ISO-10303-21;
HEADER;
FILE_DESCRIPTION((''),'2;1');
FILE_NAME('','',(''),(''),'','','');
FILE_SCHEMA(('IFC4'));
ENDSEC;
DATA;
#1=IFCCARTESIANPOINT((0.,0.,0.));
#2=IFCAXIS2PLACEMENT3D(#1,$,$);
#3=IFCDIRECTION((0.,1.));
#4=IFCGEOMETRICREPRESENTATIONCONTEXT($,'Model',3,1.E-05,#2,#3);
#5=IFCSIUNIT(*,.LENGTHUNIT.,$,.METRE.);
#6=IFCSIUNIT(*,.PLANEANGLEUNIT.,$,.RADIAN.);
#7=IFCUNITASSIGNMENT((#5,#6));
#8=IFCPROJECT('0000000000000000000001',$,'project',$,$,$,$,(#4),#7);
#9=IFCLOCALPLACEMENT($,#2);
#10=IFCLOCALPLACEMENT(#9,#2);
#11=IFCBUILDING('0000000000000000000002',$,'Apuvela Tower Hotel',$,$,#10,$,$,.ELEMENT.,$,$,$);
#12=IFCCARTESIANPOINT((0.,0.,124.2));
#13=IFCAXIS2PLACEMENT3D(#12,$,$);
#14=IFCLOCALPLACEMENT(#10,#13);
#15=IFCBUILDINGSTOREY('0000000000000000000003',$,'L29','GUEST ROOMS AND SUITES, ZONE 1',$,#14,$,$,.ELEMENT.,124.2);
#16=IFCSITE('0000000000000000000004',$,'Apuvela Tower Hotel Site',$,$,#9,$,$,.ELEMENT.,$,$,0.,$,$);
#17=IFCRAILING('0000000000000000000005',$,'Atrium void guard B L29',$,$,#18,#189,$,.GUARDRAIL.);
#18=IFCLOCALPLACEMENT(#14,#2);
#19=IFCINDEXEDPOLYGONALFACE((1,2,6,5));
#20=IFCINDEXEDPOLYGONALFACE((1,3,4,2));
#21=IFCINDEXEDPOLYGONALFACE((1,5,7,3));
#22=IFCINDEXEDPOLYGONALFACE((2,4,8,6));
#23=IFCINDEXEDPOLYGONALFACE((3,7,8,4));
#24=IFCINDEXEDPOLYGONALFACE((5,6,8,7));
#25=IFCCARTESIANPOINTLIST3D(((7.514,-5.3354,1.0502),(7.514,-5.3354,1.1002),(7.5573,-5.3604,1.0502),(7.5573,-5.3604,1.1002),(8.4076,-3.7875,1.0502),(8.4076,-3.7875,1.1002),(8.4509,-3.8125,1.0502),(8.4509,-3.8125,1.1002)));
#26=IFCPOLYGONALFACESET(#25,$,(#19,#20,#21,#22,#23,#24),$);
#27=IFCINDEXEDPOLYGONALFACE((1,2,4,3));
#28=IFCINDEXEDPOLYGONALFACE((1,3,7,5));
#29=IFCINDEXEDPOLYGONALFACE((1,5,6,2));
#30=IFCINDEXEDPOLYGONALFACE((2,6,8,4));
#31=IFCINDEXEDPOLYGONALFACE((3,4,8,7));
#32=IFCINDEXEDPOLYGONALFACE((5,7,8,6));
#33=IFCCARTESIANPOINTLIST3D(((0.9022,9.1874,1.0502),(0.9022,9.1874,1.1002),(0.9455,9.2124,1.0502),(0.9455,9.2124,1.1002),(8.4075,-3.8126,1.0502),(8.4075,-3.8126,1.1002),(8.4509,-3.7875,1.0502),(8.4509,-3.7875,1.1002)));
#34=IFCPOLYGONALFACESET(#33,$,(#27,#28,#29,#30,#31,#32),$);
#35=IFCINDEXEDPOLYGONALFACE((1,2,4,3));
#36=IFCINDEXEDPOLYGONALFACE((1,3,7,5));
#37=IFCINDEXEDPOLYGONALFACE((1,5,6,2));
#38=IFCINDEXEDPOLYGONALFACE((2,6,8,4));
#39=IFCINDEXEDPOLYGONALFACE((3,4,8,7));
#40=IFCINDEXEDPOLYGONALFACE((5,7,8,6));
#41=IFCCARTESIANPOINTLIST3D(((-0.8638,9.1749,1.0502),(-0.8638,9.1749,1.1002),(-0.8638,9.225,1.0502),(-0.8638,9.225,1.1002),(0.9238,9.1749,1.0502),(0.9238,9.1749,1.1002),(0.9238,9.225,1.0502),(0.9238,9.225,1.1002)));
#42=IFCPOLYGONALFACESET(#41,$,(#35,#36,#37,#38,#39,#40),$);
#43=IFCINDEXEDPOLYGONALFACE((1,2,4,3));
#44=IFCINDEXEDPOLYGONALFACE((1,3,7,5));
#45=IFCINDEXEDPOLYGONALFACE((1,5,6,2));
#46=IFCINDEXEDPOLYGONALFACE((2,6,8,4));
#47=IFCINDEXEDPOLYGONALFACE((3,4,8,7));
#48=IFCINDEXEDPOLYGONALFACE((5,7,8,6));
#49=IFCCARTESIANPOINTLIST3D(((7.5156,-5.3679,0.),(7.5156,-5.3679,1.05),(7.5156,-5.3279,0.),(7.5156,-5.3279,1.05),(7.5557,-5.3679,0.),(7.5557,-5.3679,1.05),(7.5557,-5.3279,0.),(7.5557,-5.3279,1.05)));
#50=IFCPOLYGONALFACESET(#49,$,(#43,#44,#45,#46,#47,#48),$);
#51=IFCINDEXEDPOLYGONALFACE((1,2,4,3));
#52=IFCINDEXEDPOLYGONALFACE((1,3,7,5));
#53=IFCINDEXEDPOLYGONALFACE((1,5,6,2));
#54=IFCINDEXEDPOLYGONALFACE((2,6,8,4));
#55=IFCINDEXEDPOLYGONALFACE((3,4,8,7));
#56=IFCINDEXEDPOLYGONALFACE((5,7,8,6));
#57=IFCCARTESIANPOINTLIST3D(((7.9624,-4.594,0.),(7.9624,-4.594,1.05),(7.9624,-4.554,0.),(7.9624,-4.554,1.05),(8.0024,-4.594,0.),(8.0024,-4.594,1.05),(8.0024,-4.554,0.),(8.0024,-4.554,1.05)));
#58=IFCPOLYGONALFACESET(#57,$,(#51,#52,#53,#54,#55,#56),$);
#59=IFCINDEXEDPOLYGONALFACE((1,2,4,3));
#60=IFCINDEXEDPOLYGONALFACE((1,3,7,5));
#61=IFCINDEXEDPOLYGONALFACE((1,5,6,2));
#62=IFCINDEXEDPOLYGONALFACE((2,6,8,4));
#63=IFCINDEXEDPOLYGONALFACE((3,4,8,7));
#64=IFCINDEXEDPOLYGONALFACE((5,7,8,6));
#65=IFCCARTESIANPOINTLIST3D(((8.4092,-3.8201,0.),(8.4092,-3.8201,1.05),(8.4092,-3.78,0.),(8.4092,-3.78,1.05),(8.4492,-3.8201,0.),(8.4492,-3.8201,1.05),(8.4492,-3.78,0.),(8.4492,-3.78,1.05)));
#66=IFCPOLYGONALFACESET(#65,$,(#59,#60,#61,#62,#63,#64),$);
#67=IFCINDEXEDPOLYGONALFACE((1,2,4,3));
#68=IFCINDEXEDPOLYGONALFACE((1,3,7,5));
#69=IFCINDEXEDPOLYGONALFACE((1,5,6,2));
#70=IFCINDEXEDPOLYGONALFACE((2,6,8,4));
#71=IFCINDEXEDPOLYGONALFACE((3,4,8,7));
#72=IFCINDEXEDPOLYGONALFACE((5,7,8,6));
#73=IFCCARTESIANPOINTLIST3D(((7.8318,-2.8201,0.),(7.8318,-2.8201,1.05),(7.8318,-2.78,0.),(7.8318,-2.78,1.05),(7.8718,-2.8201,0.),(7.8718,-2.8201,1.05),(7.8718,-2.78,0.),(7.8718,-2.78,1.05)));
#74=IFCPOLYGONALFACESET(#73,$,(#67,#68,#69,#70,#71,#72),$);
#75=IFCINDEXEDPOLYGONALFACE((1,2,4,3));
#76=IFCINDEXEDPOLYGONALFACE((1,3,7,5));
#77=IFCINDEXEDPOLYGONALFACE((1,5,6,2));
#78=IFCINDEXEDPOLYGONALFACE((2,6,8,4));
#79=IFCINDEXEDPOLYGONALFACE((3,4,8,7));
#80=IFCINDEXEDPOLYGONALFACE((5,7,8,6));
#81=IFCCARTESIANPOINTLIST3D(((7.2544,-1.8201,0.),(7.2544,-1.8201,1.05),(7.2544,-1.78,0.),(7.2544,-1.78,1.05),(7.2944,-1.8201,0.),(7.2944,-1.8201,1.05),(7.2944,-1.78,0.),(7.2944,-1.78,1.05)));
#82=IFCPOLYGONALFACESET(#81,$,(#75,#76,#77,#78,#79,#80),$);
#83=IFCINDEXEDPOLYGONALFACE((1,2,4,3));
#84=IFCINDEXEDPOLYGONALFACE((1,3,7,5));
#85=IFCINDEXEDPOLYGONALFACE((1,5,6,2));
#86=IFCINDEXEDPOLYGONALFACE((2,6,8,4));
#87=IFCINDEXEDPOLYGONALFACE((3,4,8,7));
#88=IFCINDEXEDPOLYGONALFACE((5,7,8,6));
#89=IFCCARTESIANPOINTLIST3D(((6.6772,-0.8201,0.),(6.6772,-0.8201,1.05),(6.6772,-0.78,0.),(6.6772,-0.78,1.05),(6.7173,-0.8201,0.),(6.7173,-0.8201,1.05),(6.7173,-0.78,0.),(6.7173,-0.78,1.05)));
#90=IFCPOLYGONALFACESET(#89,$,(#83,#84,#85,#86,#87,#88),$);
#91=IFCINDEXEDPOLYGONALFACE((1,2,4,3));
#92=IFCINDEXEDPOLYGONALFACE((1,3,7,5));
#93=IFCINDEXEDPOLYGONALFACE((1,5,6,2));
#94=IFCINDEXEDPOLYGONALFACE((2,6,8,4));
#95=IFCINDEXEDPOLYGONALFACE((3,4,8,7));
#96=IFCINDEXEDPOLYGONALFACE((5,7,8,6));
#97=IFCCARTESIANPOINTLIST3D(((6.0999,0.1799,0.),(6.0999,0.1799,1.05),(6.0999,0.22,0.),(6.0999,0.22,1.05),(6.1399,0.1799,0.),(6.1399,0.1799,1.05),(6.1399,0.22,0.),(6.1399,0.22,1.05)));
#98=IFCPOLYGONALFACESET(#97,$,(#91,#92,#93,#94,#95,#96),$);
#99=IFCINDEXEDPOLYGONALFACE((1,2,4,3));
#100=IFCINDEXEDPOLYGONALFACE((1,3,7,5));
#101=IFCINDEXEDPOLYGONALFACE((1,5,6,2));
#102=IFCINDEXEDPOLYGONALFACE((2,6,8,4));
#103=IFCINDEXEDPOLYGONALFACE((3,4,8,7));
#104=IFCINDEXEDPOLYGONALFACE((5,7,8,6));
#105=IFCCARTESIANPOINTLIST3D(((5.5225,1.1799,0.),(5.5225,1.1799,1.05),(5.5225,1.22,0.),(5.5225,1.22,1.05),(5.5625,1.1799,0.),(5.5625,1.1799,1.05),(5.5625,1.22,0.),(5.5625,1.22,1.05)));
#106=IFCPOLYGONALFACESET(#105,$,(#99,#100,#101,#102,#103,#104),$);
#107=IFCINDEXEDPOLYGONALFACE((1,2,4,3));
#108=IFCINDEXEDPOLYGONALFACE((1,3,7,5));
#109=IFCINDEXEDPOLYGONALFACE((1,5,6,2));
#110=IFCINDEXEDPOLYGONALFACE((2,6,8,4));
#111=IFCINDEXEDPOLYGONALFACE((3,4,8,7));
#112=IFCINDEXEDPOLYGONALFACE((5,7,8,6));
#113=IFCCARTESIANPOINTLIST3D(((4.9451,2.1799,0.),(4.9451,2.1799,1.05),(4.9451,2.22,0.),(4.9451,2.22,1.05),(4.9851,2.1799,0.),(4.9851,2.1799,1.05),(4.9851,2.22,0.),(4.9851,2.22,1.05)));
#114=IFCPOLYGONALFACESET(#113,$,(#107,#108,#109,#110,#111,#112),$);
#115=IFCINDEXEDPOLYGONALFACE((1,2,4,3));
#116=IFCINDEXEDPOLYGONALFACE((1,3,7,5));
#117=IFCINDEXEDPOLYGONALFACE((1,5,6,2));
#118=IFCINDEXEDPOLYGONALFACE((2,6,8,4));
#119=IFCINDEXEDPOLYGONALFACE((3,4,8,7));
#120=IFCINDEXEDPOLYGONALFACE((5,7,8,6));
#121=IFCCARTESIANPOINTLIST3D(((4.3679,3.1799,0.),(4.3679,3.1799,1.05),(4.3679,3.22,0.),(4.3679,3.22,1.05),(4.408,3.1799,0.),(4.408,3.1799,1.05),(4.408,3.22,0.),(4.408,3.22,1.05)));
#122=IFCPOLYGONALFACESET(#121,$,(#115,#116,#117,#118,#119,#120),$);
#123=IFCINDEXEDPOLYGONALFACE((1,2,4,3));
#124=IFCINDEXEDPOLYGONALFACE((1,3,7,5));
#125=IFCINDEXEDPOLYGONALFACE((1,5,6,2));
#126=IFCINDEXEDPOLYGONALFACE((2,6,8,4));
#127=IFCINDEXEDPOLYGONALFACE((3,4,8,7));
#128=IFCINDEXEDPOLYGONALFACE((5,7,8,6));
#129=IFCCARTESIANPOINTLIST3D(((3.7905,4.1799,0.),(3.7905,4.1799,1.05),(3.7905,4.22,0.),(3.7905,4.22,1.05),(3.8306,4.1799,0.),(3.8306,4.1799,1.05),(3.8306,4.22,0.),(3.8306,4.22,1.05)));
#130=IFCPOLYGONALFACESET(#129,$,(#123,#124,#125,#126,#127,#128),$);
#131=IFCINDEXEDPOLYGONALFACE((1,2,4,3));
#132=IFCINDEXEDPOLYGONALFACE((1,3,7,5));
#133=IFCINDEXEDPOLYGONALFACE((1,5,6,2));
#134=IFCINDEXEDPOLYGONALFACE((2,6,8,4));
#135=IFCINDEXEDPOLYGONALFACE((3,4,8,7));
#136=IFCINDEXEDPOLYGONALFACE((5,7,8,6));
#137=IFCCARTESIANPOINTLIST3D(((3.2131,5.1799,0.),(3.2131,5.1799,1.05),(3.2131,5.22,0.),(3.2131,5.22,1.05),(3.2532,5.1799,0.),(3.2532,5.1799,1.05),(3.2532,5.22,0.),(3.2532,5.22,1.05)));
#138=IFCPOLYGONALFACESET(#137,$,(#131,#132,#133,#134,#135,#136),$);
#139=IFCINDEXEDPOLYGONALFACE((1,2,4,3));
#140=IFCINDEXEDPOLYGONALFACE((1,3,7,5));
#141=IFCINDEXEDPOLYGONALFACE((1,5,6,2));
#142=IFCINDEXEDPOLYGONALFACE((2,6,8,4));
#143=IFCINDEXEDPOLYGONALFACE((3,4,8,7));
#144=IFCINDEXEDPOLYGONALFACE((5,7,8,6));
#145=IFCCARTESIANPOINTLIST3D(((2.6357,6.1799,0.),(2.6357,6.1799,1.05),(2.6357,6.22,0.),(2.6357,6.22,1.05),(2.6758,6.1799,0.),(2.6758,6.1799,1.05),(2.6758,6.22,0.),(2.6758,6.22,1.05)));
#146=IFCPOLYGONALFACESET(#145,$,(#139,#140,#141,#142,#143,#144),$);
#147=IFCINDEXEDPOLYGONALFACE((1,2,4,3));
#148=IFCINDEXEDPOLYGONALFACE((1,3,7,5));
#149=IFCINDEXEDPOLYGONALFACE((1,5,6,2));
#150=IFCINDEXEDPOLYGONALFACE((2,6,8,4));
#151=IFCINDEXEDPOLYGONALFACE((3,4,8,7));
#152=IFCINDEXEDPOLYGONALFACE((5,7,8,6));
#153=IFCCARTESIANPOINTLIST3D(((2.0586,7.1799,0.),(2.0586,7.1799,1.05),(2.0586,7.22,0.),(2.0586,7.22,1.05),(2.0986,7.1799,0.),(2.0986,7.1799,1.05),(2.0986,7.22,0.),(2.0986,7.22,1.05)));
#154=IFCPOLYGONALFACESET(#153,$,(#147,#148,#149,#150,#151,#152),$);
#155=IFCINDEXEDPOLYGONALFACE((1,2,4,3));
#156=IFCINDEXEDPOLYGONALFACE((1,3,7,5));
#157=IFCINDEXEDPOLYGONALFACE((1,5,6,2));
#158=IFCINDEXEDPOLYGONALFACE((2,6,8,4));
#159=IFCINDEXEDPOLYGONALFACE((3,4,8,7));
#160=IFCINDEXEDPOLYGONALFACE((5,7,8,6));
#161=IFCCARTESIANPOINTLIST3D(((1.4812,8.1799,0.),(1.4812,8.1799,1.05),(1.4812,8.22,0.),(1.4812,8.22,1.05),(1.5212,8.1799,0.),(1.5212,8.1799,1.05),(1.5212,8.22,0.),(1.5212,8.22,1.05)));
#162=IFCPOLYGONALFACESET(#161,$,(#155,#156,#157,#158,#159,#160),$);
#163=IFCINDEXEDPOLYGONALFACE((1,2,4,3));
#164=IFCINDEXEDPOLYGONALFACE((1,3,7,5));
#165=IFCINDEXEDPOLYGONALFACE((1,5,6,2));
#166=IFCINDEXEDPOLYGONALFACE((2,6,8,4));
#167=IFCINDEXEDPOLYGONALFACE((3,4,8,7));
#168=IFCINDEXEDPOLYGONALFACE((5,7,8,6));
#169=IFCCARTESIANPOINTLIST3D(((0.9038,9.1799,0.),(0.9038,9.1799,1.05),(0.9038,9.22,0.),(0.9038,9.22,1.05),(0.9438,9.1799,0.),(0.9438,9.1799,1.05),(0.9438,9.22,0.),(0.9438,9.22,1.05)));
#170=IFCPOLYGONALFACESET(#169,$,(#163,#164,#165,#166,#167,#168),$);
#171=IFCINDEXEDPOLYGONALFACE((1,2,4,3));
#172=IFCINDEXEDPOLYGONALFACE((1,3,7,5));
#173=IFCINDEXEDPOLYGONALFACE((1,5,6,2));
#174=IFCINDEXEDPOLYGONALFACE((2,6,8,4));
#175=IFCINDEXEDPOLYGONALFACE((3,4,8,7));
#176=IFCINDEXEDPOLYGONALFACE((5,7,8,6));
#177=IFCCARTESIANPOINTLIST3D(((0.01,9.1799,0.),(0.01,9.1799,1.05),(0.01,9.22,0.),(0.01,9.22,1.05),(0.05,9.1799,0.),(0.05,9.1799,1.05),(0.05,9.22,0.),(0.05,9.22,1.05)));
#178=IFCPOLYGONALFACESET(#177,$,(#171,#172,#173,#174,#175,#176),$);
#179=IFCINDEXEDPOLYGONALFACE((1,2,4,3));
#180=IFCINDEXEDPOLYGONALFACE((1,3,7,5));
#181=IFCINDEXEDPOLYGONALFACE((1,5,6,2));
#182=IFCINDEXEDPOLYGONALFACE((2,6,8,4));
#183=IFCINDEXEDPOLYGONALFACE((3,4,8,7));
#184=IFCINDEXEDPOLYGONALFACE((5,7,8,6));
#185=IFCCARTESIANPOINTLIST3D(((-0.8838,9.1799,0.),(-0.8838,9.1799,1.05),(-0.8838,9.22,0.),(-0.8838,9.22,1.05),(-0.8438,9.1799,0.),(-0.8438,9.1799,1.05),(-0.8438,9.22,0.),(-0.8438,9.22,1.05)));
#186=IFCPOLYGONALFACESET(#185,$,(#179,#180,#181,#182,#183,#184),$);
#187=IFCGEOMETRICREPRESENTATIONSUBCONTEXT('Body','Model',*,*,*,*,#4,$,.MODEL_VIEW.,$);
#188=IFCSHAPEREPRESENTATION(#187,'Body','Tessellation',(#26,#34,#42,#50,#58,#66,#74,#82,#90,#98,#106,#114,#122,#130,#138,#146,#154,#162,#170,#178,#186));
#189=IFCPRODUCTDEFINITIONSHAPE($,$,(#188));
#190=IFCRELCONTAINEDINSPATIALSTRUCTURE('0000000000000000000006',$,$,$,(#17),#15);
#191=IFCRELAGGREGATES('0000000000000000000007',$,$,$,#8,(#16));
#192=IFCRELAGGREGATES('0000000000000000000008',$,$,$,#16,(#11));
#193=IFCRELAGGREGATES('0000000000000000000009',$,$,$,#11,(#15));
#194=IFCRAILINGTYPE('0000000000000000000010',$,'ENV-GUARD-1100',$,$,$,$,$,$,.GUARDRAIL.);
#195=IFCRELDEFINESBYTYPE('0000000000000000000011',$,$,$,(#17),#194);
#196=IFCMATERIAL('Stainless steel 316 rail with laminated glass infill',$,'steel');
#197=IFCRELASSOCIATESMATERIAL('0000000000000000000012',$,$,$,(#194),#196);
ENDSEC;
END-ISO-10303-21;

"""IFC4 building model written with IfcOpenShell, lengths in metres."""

from ifc_helpers import new_model, si_unit, direction, frame, origin, origin_2d, place, context, subcontext, project, spatial, rectangle, extrude, material, type_object, element, save


model = new_model("IFC4")

# Units and contexts
model_context = context("Model", 3, precision=1e-05, world=origin(), true_north=direction((0.0, 1.0)))
body_context = subcontext(model_context, "Body", "Model", "MODEL_VIEW")
ifc_project = project(units=[si_unit("LENGTHUNIT", "METRE"), si_unit("PLANEANGLEUNIT", "RADIAN")], contexts=[model_context])

# Site, building, storey
site_placement = place(None, origin())
site = spatial("IfcSite", under=ifc_project, at=site_placement, Name="Apuvela Tower Hotel Site", CompositionType="ELEMENT", RefElevation=0.0)
building_placement = place(site_placement, origin())
building = spatial("IfcBuilding", under=site, at=building_placement, Name="Apuvela Tower Hotel", CompositionType="ELEMENT")
storey_placement = place(building_placement, frame((0.0, 0.0, 124.2)))
storey = spatial("IfcBuildingStorey", under=building, at=storey_placement, Name="L29", Description="GUEST ROOMS AND SUITES, ZONE 1", CompositionType="ELEMENT", Elevation=124.2)

# Railing
ifc_material_1 = material(Name="Stainless steel 316 rail with laminated glass infill", Category="steel")
railing_type_1 = type_object("IfcRailingType", Name="ENV-GUARD-1100", PredefinedType="GUARDRAIL", material=ifc_material_1)
railing_1_placement = place(storey_placement, frame((7.5356, -5.3479, 0.0)))
element("IfcRailing", 1, at=railing_1_placement, inside=storey, type_object=railing_type_1, Name="Atrium void guard B L29", PredefinedType="GUARDRAIL", context=body_context, shape_type="SweptSolid", body=[
    extrude(rectangle(XDim=0.05, YDim=0.05, at=origin_2d()), frame((0.0, 0.0, 1.0752), z_axis=(0.499959, 0.866049, 0.0), x_axis=(-0.866049, 0.499959, 0.0)), (0.0, 0.0, 1.0), 1.7874),
    extrude(rectangle(XDim=0.05, YDim=0.05, at=origin_2d()), frame((0.8936, 1.5479, 1.0752), z_axis=(-0.499991, 0.866031, 0.0), x_axis=(-0.866031, -0.499991, 0.0)), (0.0, 0.0, 1.0), 15.011),
    extrude(rectangle(XDim=0.05, YDim=0.05, at=origin_2d()), frame((-6.6118, 14.5479, 1.0752), z_axis=(-1.0, 0.0, 0.0), x_axis=(0.0, -1.0, 0.0)), (0.0, 0.0, 1.0), 1.7876),
    extrude(rectangle(XDim=0.04, YDim=0.04, at=origin_2d()), origin(), (0.0, 0.0, 1.0), 1.05),
    extrude(rectangle(XDim=0.04, YDim=0.04, at=origin_2d()), frame((0.4468, 0.7739, 0.0)), (0.0, 0.0, 1.0), 1.05),
    extrude(rectangle(XDim=0.04, YDim=0.04, at=origin_2d()), frame((0.8936, 1.5479, 0.0)), (0.0, 0.0, 1.0), 1.05),
    extrude(rectangle(XDim=0.04, YDim=0.04, at=origin_2d()), frame((0.3162, 2.5479, 0.0)), (0.0, 0.0, 1.0), 1.05),
    extrude(rectangle(XDim=0.04, YDim=0.04, at=origin_2d()), frame((-0.2612, 3.5479, 0.0)), (0.0, 0.0, 1.0), 1.05),
    extrude(rectangle(XDim=0.04, YDim=0.04, at=origin_2d()), frame((-0.8384, 4.5479, 0.0)), (0.0, 0.0, 1.0), 1.05),
    extrude(rectangle(XDim=0.04, YDim=0.04, at=origin_2d()), frame((-1.4158, 5.5479, 0.0)), (0.0, 0.0, 1.0), 1.05),
    extrude(rectangle(XDim=0.04, YDim=0.04, at=origin_2d()), frame((-1.9932, 6.5479, 0.0)), (0.0, 0.0, 1.0), 1.05),
    extrude(rectangle(XDim=0.04, YDim=0.04, at=origin_2d()), frame((-2.5706, 7.5479, 0.0)), (0.0, 0.0, 1.0), 1.05),
    extrude(rectangle(XDim=0.04, YDim=0.04, at=origin_2d()), frame((-3.1477, 8.5479, 0.0)), (0.0, 0.0, 1.0), 1.05),
    extrude(rectangle(XDim=0.04, YDim=0.04, at=origin_2d()), frame((-3.7251, 9.5479, 0.0)), (0.0, 0.0, 1.0), 1.05),
    extrude(rectangle(XDim=0.04, YDim=0.04, at=origin_2d()), frame((-4.3025, 10.5479, 0.0)), (0.0, 0.0, 1.0), 1.05),
    extrude(rectangle(XDim=0.04, YDim=0.04, at=origin_2d()), frame((-4.8799, 11.5479, 0.0)), (0.0, 0.0, 1.0), 1.05),
    extrude(rectangle(XDim=0.04, YDim=0.04, at=origin_2d()), frame((-5.457, 12.5479, 0.0)), (0.0, 0.0, 1.0), 1.05),
    extrude(rectangle(XDim=0.04, YDim=0.04, at=origin_2d()), frame((-6.0344, 13.5479, 0.0)), (0.0, 0.0, 1.0), 1.05),
    extrude(rectangle(XDim=0.04, YDim=0.04, at=origin_2d()), frame((-6.6118, 14.5479, 0.0)), (0.0, 0.0, 1.0), 1.05),
    extrude(rectangle(XDim=0.04, YDim=0.04, at=origin_2d()), frame((-7.5056, 14.5479, 0.0)), (0.0, 0.0, 1.0), 1.05),
    extrude(rectangle(XDim=0.04, YDim=0.04, at=origin_2d()), frame((-8.3994, 14.5479, 0.0)), (0.0, 0.0, 1.0), 1.05),
])

save(model, "model.ifc")
